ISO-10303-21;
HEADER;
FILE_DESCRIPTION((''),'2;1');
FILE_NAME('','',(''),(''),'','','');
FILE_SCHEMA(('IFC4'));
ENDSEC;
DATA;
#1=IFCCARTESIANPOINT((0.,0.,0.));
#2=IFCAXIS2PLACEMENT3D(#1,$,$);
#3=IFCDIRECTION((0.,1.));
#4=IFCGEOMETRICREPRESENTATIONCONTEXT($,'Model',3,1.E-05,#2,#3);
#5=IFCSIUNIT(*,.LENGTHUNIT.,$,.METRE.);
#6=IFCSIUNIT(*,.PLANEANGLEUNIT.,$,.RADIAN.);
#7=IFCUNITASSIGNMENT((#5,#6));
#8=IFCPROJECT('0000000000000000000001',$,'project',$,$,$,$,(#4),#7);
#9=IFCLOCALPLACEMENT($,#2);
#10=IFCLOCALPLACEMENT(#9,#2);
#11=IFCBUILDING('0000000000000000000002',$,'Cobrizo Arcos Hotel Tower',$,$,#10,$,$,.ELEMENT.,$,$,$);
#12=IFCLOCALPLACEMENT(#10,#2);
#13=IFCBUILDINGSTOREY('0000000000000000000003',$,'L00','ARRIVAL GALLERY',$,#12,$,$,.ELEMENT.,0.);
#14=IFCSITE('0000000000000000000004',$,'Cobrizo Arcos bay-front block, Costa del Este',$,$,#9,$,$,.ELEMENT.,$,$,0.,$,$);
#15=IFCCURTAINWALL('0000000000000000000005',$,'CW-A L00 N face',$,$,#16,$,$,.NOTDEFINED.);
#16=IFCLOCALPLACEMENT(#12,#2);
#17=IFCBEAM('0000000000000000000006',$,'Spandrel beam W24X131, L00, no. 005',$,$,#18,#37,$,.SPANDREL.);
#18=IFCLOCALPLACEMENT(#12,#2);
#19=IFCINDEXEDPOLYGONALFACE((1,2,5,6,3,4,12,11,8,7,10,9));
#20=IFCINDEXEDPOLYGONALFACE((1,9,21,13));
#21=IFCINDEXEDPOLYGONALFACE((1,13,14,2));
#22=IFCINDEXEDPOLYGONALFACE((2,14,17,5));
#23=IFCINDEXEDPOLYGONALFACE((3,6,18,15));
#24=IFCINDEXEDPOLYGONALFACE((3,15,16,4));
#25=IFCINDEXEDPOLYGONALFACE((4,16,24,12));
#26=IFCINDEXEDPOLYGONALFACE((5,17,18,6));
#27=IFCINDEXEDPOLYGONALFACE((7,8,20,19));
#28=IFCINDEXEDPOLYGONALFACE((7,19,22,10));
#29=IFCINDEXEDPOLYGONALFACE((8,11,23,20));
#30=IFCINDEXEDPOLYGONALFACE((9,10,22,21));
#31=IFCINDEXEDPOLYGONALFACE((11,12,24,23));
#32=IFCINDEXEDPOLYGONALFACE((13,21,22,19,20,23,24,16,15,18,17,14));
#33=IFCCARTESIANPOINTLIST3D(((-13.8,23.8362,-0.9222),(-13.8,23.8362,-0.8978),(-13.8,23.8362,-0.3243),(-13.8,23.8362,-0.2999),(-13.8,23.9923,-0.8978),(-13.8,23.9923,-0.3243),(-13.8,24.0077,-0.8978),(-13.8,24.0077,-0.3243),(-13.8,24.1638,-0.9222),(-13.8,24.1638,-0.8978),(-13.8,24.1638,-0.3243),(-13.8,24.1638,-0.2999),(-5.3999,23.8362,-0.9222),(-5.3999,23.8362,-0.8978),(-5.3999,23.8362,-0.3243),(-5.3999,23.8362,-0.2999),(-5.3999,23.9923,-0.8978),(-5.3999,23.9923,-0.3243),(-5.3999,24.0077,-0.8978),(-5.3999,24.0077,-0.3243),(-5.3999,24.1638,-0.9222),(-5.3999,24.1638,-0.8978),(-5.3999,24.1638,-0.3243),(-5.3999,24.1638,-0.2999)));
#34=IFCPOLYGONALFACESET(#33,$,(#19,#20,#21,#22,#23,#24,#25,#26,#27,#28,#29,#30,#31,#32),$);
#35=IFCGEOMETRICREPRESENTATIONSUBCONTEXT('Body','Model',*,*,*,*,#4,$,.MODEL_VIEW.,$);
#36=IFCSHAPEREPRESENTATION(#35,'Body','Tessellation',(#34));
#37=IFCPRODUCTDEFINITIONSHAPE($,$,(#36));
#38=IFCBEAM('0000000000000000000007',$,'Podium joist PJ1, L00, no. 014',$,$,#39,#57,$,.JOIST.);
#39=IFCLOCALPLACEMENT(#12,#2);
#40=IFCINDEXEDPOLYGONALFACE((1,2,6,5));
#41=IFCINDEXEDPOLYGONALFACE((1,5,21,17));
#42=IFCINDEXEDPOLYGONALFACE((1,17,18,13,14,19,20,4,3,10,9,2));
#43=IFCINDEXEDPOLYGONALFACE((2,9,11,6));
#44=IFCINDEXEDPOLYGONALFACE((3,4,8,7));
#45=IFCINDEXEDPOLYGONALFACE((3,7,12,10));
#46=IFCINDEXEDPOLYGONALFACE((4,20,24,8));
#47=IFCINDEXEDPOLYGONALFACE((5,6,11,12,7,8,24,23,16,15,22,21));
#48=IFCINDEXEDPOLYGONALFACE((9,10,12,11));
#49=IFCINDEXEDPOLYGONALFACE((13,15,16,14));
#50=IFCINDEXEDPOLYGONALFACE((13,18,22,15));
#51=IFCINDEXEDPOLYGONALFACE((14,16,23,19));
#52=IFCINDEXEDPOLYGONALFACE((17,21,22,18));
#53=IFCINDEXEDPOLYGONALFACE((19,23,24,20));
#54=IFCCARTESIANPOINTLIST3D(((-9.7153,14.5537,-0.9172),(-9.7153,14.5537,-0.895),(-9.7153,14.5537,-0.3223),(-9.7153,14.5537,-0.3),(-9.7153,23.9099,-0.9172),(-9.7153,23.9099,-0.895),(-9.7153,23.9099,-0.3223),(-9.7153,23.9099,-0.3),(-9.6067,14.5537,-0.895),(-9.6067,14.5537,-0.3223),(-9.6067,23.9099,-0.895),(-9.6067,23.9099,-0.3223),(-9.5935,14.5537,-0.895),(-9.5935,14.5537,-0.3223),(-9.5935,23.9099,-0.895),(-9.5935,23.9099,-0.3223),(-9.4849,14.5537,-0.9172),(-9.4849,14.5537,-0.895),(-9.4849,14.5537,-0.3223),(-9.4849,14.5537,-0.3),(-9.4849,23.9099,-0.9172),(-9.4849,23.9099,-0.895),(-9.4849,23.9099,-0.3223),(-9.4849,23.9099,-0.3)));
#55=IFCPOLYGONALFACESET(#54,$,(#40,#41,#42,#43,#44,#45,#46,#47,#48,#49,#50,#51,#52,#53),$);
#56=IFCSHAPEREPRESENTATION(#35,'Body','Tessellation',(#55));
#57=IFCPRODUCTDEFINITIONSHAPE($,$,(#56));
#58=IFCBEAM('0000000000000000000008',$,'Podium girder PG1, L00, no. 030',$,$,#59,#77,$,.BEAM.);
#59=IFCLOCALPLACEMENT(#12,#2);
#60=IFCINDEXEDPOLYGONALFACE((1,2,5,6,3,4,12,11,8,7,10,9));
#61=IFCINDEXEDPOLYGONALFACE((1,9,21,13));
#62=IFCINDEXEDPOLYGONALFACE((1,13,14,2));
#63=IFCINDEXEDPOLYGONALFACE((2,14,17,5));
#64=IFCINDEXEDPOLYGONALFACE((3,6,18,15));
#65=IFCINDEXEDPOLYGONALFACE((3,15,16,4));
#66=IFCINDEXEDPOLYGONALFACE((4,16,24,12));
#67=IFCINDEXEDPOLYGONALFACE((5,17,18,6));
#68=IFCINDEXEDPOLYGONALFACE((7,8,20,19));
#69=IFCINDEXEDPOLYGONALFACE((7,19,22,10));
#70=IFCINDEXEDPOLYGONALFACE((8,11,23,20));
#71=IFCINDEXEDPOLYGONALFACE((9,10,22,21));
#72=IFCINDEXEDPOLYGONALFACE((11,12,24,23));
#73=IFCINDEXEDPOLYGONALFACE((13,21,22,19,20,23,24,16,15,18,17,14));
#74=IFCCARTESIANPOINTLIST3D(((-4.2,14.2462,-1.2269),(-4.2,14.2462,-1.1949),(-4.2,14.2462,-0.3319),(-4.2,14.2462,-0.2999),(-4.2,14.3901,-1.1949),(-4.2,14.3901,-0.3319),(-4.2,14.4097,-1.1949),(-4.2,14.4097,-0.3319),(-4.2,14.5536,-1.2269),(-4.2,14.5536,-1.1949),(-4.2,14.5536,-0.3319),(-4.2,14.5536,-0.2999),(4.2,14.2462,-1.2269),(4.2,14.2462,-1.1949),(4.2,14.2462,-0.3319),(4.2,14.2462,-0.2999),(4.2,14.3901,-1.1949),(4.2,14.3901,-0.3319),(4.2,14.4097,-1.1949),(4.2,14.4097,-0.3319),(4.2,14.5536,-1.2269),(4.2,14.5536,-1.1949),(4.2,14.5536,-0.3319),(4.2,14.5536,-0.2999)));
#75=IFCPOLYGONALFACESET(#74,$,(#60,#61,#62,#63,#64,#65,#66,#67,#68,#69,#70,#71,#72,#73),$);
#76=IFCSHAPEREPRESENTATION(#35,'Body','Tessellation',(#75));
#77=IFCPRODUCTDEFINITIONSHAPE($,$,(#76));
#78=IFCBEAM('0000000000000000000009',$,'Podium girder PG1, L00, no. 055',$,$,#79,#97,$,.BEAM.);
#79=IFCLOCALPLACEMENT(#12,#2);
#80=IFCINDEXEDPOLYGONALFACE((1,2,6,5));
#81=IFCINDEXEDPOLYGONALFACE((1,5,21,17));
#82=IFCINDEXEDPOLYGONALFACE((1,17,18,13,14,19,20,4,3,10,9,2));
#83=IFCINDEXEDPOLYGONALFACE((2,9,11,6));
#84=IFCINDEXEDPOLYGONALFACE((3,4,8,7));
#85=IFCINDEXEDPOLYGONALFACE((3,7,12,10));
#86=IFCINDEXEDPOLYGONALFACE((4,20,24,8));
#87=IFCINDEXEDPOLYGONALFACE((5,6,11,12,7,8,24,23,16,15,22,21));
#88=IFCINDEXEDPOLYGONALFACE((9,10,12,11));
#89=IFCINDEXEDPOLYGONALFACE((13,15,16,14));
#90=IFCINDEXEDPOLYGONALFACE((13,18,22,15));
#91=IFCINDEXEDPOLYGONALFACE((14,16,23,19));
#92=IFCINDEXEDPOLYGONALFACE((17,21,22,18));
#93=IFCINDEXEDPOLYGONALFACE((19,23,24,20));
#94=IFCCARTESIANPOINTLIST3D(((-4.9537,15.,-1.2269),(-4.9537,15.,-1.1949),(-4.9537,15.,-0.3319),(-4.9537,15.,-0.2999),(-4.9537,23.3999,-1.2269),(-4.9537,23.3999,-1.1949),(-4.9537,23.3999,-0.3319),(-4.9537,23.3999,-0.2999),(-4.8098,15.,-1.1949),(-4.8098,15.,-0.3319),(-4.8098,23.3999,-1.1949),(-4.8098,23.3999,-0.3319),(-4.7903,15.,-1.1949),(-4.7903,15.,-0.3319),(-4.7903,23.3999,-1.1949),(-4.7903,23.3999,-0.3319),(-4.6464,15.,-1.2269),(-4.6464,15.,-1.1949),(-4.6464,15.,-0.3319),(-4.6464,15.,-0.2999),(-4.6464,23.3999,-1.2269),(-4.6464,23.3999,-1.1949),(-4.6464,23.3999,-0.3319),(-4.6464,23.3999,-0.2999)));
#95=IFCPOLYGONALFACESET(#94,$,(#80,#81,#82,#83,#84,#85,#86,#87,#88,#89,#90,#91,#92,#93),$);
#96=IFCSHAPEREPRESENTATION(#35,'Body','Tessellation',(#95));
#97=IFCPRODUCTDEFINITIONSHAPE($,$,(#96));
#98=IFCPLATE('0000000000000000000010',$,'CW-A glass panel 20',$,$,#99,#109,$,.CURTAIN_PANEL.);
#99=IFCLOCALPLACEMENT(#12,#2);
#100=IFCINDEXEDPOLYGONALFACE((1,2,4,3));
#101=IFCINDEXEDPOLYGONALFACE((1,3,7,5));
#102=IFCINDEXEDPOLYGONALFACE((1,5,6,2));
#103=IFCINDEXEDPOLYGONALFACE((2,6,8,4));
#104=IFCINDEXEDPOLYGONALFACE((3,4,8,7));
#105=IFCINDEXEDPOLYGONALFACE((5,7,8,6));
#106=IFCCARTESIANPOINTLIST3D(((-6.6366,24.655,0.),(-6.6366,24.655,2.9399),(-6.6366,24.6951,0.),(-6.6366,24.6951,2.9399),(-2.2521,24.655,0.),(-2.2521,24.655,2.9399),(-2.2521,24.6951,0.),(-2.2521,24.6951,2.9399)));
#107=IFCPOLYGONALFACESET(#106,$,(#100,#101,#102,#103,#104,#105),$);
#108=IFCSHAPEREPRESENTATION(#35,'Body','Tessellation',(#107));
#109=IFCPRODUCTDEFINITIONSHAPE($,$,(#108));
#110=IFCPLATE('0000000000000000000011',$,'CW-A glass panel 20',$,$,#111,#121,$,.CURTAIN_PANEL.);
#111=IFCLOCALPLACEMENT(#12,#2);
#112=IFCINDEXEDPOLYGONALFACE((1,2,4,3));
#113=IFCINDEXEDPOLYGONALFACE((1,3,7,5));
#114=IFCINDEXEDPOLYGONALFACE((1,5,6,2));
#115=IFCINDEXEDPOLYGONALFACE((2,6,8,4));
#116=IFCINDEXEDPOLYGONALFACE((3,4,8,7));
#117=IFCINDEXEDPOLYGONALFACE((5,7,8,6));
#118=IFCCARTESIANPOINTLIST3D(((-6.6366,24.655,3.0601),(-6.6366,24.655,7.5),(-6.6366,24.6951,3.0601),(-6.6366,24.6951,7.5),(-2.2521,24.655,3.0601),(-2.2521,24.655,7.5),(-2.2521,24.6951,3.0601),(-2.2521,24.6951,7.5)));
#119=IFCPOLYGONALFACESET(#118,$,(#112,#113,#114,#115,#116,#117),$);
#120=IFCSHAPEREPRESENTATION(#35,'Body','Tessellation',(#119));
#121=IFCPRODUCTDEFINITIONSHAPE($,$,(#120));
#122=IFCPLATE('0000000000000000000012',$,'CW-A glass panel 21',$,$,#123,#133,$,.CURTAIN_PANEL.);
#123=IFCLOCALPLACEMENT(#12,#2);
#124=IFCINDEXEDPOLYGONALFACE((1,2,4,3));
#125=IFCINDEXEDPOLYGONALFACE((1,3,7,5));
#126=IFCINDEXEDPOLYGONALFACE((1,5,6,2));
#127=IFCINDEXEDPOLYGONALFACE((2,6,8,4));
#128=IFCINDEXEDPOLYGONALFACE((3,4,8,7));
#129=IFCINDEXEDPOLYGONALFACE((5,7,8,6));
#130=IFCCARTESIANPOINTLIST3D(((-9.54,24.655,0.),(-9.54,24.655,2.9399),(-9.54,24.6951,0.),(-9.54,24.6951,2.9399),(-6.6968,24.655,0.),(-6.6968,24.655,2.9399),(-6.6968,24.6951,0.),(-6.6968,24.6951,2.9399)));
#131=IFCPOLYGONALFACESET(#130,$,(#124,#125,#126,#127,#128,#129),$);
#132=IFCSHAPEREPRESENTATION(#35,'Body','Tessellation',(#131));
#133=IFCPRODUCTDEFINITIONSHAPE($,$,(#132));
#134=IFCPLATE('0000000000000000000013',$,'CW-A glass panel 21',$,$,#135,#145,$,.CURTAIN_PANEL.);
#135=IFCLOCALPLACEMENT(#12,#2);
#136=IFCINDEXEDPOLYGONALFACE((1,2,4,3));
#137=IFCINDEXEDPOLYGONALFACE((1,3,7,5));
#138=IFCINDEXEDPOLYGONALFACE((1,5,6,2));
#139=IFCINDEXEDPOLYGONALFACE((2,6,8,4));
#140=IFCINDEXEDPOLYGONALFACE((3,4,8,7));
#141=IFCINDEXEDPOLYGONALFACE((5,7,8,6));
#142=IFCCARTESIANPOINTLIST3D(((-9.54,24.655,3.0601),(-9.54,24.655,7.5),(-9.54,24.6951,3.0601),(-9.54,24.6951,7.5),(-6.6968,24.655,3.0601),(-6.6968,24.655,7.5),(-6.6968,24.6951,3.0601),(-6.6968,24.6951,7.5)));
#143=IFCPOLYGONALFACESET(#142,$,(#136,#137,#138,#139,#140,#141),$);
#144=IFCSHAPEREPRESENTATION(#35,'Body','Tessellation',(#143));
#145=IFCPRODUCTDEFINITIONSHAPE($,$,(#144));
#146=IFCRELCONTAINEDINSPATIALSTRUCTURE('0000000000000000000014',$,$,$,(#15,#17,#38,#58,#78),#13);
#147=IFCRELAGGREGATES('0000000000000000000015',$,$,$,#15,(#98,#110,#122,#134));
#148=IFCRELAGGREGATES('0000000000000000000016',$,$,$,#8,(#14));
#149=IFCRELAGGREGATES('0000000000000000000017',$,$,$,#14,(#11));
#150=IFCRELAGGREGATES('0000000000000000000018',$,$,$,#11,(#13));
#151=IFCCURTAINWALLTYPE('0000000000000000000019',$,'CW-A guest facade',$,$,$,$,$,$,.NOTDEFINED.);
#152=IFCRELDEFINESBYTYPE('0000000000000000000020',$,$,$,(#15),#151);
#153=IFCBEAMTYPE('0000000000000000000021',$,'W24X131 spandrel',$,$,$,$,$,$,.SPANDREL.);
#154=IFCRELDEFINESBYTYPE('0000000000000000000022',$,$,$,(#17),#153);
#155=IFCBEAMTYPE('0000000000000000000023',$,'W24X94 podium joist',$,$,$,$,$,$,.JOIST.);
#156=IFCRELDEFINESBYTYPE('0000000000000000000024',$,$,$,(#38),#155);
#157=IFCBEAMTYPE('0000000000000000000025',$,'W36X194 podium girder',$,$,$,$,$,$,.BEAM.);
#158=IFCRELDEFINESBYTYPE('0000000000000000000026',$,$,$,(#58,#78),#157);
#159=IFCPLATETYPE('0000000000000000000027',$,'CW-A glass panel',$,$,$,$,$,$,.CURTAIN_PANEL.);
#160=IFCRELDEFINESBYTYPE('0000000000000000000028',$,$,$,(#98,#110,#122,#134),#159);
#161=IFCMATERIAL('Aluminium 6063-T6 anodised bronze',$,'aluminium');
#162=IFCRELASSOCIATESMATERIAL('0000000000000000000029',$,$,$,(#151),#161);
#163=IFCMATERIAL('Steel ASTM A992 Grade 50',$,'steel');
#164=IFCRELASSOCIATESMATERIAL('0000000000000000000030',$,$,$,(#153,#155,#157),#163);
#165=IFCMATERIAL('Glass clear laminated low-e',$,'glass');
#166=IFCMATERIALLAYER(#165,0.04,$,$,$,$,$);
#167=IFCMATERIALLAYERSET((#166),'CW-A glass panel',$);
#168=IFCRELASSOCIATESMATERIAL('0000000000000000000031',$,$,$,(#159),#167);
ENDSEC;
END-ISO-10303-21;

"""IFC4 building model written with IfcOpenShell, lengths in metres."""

from ifc_helpers import new_model, si_unit, direction, frame, origin, origin_2d, place, context, subcontext, project, spatial, rectangle, i_section, extrude, material, layer, layer_set, material_profile, profile_set, type_object, element, aggregate, save


model = new_model("IFC4")

# Units and contexts
model_context = context("Model", 3, precision=1e-05, world=origin(), true_north=direction((0.0, 1.0)))
body_context = subcontext(model_context, "Body", "Model", "MODEL_VIEW")
ifc_project = project(units=[si_unit("LENGTHUNIT", "METRE"), si_unit("PLANEANGLEUNIT", "RADIAN")], contexts=[model_context])

# Site, building, storey
site_placement = place(None, origin())
site = spatial("IfcSite", under=ifc_project, at=site_placement, Name="Cobrizo Arcos bay-front block, Costa del Este", CompositionType="ELEMENT", RefElevation=0.0)
building_placement = place(site_placement, origin())
building = spatial("IfcBuilding", under=site, at=building_placement, Name="Cobrizo Arcos Hotel Tower", CompositionType="ELEMENT")
storey_placement = place(building_placement, origin())
storey = spatial("IfcBuildingStorey", under=building, at=storey_placement, Name="L00", Description="ARRIVAL GALLERY", CompositionType="ELEMENT", Elevation=0.0)

# Curtain wall
ifc_material_1 = material(Name="Aluminium 6063-T6 anodised bronze", Category="aluminium")
curtain_wall_type = type_object("IfcCurtainWallType", Name="CW-A guest facade", PredefinedType="NOTDEFINED", material=ifc_material_1)
curtain_wall_placement = place(storey_placement, origin())
curtain_wall = element("IfcCurtainWall", 1, at=curtain_wall_placement, inside=storey, type_object=curtain_wall_type, Name="CW-A L00 N face", PredefinedType="NOTDEFINED")

# Beams
ifc_material_2 = material(Name="Steel ASTM A992 Grade 50", Category="steel")
ifc_material_profile_1 = material_profile(ifc_material_2, i_section(OverallWidth=0.3276, OverallDepth=0.6223, WebThickness=0.0154, FlangeThickness=0.0244, at=origin_2d()), Name="W24X131")
ifc_profile_set_1 = profile_set([ifc_material_profile_1], Name="Steel ASTM A992 Grade 50")
beam_type_1 = type_object("IfcBeamType", Name="W24X131 spandrel", PredefinedType="SPANDREL", material=ifc_profile_set_1)
beam_1_placement = place(storey_placement, frame((-5.3999, 24.0, -0.6111), z_axis=(-1.0, 0.0, 0.0), x_axis=(0.0, -1.0, 0.0)))
element("IfcBeam", 2, at=beam_1_placement, inside=storey, type_object=beam_type_1, Name="Spandrel beam W24X131, L00, no. 005", PredefinedType="SPANDREL", context=body_context, shape_type="SweptSolid", body=[
    extrude(i_section(OverallWidth=0.3276, OverallDepth=0.6223, WebThickness=0.0154, FlangeThickness=0.0244, at=origin_2d()), origin(), (0.0, 0.0, 1.0), 8.4001),
])
ifc_material_profile_2 = material_profile(ifc_material_2, i_section(OverallWidth=0.2305, OverallDepth=0.6172, WebThickness=0.0132, FlangeThickness=0.0222, at=origin_2d()), Name="W24X94")
ifc_profile_set_2 = profile_set([ifc_material_profile_2], Name="Steel ASTM A992 Grade 50")
beam_type_2 = type_object("IfcBeamType", Name="W24X94 podium joist", PredefinedType="JOIST", material=ifc_profile_set_2)
beam_2_placement = place(storey_placement, frame((-9.6001, 14.5537, -0.6086), z_axis=(0.0, 1.0, 0.0), x_axis=(-1.0, 0.0, 0.0)))
element("IfcBeam", 3, at=beam_2_placement, inside=storey, type_object=beam_type_2, Name="Podium joist PJ1, L00, no. 014", PredefinedType="JOIST", context=body_context, shape_type="SweptSolid", body=[
    extrude(i_section(OverallWidth=0.2305, OverallDepth=0.6172, WebThickness=0.0132, FlangeThickness=0.0222, at=origin_2d()), origin(), (0.0, 0.0, 1.0), 9.3562),
])
ifc_material_profile_3 = material_profile(ifc_material_2, i_section(OverallWidth=0.3074, OverallDepth=0.927, WebThickness=0.0195, FlangeThickness=0.032, at=origin_2d()), Name="W36X194")
ifc_profile_set_3 = profile_set([ifc_material_profile_3], Name="Steel ASTM A992 Grade 50")
beam_type_3 = type_object("IfcBeamType", Name="W36X194 podium girder", PredefinedType="BEAM", material=ifc_profile_set_3)
for number, where, z_axis, x_axis, name in (
    (4, (-4.2, 14.3999, -0.7634), (1.0, 0.0, 0.0), (0.0, 1.0, 0.0), "Podium girder PG1, L00, no. 030"),
    (5, (-4.8, 15.0, -0.7634), (0.0, 1.0, 0.0), (-1.0, 0.0, 0.0), "Podium girder PG1, L00, no. 055"),
):
    element("IfcBeam", number, at=place(storey_placement, frame(where, z_axis=z_axis, x_axis=x_axis)), inside=storey, type_object=beam_type_3, Name=name, PredefinedType="BEAM", context=body_context, shape_type="SweptSolid", body=[
        extrude(i_section(OverallWidth=0.3074, OverallDepth=0.927, WebThickness=0.0195, FlangeThickness=0.032, at=origin_2d()), origin(), (0.0, 0.0, 1.0), 8.3999),
    ])

# Plates
ifc_material_3 = material(Name="Glass clear laminated low-e", Category="glass")
ifc_layer_1 = layer(ifc_material_3, 0.04)
ifc_layer_set_1 = layer_set([ifc_layer_1], Name="CW-A glass panel")
plate_type = type_object("IfcPlateType", Name="CW-A glass panel", PredefinedType="CURTAIN_PANEL", material=ifc_layer_set_1)
plate_1_placement = place(storey_placement, frame((-4.4443, 24.675, 0.0), z_axis=(0.0, 0.0, 1.0), x_axis=(-1.0, 0.0, 0.0)))
plate_1 = element("IfcPlate", 6, at=plate_1_placement, type_object=plate_type, Name="CW-A glass panel 20", PredefinedType="CURTAIN_PANEL", context=body_context, shape_type="SweptSolid", body=[
    extrude(rectangle(XDim=4.3845, YDim=0.04, at=origin_2d()), origin(), (0.0, 0.0, 1.0), 2.9399),
])
plate_2_placement = place(storey_placement, frame((-4.4443, 24.675, 3.0601), z_axis=(0.0, 0.0, 1.0), x_axis=(-1.0, 0.0, 0.0)))
plate_2 = element("IfcPlate", 7, at=plate_2_placement, type_object=plate_type, Name="CW-A glass panel 20", PredefinedType="CURTAIN_PANEL", context=body_context, shape_type="SweptSolid", body=[
    extrude(rectangle(XDim=4.3845, YDim=0.04, at=origin_2d()), origin(), (0.0, 0.0, 1.0), 4.4399),
])
plate_3_placement = place(storey_placement, frame((-8.1184, 24.675, 0.0), z_axis=(0.0, 0.0, 1.0), x_axis=(-1.0, 0.0, 0.0)))
plate_3 = element("IfcPlate", 8, at=plate_3_placement, type_object=plate_type, Name="CW-A glass panel 21", PredefinedType="CURTAIN_PANEL", context=body_context, shape_type="SweptSolid", body=[
    extrude(rectangle(XDim=2.8433, YDim=0.04, at=origin_2d()), origin(), (0.0, 0.0, 1.0), 2.9399),
])
plate_4_placement = place(storey_placement, frame((-8.1184, 24.675, 3.0601), z_axis=(0.0, 0.0, 1.0), x_axis=(-1.0, 0.0, 0.0)))
plate_4 = element("IfcPlate", 9, at=plate_4_placement, type_object=plate_type, Name="CW-A glass panel 21", PredefinedType="CURTAIN_PANEL", context=body_context, shape_type="SweptSolid", body=[
    extrude(rectangle(XDim=2.8433, YDim=0.04, at=origin_2d()), origin(), (0.0, 0.0, 1.0), 4.4399),
])
aggregate(curtain_wall, [plate_1, plate_2, plate_3, plate_4])

save(model, "model.ifc")
